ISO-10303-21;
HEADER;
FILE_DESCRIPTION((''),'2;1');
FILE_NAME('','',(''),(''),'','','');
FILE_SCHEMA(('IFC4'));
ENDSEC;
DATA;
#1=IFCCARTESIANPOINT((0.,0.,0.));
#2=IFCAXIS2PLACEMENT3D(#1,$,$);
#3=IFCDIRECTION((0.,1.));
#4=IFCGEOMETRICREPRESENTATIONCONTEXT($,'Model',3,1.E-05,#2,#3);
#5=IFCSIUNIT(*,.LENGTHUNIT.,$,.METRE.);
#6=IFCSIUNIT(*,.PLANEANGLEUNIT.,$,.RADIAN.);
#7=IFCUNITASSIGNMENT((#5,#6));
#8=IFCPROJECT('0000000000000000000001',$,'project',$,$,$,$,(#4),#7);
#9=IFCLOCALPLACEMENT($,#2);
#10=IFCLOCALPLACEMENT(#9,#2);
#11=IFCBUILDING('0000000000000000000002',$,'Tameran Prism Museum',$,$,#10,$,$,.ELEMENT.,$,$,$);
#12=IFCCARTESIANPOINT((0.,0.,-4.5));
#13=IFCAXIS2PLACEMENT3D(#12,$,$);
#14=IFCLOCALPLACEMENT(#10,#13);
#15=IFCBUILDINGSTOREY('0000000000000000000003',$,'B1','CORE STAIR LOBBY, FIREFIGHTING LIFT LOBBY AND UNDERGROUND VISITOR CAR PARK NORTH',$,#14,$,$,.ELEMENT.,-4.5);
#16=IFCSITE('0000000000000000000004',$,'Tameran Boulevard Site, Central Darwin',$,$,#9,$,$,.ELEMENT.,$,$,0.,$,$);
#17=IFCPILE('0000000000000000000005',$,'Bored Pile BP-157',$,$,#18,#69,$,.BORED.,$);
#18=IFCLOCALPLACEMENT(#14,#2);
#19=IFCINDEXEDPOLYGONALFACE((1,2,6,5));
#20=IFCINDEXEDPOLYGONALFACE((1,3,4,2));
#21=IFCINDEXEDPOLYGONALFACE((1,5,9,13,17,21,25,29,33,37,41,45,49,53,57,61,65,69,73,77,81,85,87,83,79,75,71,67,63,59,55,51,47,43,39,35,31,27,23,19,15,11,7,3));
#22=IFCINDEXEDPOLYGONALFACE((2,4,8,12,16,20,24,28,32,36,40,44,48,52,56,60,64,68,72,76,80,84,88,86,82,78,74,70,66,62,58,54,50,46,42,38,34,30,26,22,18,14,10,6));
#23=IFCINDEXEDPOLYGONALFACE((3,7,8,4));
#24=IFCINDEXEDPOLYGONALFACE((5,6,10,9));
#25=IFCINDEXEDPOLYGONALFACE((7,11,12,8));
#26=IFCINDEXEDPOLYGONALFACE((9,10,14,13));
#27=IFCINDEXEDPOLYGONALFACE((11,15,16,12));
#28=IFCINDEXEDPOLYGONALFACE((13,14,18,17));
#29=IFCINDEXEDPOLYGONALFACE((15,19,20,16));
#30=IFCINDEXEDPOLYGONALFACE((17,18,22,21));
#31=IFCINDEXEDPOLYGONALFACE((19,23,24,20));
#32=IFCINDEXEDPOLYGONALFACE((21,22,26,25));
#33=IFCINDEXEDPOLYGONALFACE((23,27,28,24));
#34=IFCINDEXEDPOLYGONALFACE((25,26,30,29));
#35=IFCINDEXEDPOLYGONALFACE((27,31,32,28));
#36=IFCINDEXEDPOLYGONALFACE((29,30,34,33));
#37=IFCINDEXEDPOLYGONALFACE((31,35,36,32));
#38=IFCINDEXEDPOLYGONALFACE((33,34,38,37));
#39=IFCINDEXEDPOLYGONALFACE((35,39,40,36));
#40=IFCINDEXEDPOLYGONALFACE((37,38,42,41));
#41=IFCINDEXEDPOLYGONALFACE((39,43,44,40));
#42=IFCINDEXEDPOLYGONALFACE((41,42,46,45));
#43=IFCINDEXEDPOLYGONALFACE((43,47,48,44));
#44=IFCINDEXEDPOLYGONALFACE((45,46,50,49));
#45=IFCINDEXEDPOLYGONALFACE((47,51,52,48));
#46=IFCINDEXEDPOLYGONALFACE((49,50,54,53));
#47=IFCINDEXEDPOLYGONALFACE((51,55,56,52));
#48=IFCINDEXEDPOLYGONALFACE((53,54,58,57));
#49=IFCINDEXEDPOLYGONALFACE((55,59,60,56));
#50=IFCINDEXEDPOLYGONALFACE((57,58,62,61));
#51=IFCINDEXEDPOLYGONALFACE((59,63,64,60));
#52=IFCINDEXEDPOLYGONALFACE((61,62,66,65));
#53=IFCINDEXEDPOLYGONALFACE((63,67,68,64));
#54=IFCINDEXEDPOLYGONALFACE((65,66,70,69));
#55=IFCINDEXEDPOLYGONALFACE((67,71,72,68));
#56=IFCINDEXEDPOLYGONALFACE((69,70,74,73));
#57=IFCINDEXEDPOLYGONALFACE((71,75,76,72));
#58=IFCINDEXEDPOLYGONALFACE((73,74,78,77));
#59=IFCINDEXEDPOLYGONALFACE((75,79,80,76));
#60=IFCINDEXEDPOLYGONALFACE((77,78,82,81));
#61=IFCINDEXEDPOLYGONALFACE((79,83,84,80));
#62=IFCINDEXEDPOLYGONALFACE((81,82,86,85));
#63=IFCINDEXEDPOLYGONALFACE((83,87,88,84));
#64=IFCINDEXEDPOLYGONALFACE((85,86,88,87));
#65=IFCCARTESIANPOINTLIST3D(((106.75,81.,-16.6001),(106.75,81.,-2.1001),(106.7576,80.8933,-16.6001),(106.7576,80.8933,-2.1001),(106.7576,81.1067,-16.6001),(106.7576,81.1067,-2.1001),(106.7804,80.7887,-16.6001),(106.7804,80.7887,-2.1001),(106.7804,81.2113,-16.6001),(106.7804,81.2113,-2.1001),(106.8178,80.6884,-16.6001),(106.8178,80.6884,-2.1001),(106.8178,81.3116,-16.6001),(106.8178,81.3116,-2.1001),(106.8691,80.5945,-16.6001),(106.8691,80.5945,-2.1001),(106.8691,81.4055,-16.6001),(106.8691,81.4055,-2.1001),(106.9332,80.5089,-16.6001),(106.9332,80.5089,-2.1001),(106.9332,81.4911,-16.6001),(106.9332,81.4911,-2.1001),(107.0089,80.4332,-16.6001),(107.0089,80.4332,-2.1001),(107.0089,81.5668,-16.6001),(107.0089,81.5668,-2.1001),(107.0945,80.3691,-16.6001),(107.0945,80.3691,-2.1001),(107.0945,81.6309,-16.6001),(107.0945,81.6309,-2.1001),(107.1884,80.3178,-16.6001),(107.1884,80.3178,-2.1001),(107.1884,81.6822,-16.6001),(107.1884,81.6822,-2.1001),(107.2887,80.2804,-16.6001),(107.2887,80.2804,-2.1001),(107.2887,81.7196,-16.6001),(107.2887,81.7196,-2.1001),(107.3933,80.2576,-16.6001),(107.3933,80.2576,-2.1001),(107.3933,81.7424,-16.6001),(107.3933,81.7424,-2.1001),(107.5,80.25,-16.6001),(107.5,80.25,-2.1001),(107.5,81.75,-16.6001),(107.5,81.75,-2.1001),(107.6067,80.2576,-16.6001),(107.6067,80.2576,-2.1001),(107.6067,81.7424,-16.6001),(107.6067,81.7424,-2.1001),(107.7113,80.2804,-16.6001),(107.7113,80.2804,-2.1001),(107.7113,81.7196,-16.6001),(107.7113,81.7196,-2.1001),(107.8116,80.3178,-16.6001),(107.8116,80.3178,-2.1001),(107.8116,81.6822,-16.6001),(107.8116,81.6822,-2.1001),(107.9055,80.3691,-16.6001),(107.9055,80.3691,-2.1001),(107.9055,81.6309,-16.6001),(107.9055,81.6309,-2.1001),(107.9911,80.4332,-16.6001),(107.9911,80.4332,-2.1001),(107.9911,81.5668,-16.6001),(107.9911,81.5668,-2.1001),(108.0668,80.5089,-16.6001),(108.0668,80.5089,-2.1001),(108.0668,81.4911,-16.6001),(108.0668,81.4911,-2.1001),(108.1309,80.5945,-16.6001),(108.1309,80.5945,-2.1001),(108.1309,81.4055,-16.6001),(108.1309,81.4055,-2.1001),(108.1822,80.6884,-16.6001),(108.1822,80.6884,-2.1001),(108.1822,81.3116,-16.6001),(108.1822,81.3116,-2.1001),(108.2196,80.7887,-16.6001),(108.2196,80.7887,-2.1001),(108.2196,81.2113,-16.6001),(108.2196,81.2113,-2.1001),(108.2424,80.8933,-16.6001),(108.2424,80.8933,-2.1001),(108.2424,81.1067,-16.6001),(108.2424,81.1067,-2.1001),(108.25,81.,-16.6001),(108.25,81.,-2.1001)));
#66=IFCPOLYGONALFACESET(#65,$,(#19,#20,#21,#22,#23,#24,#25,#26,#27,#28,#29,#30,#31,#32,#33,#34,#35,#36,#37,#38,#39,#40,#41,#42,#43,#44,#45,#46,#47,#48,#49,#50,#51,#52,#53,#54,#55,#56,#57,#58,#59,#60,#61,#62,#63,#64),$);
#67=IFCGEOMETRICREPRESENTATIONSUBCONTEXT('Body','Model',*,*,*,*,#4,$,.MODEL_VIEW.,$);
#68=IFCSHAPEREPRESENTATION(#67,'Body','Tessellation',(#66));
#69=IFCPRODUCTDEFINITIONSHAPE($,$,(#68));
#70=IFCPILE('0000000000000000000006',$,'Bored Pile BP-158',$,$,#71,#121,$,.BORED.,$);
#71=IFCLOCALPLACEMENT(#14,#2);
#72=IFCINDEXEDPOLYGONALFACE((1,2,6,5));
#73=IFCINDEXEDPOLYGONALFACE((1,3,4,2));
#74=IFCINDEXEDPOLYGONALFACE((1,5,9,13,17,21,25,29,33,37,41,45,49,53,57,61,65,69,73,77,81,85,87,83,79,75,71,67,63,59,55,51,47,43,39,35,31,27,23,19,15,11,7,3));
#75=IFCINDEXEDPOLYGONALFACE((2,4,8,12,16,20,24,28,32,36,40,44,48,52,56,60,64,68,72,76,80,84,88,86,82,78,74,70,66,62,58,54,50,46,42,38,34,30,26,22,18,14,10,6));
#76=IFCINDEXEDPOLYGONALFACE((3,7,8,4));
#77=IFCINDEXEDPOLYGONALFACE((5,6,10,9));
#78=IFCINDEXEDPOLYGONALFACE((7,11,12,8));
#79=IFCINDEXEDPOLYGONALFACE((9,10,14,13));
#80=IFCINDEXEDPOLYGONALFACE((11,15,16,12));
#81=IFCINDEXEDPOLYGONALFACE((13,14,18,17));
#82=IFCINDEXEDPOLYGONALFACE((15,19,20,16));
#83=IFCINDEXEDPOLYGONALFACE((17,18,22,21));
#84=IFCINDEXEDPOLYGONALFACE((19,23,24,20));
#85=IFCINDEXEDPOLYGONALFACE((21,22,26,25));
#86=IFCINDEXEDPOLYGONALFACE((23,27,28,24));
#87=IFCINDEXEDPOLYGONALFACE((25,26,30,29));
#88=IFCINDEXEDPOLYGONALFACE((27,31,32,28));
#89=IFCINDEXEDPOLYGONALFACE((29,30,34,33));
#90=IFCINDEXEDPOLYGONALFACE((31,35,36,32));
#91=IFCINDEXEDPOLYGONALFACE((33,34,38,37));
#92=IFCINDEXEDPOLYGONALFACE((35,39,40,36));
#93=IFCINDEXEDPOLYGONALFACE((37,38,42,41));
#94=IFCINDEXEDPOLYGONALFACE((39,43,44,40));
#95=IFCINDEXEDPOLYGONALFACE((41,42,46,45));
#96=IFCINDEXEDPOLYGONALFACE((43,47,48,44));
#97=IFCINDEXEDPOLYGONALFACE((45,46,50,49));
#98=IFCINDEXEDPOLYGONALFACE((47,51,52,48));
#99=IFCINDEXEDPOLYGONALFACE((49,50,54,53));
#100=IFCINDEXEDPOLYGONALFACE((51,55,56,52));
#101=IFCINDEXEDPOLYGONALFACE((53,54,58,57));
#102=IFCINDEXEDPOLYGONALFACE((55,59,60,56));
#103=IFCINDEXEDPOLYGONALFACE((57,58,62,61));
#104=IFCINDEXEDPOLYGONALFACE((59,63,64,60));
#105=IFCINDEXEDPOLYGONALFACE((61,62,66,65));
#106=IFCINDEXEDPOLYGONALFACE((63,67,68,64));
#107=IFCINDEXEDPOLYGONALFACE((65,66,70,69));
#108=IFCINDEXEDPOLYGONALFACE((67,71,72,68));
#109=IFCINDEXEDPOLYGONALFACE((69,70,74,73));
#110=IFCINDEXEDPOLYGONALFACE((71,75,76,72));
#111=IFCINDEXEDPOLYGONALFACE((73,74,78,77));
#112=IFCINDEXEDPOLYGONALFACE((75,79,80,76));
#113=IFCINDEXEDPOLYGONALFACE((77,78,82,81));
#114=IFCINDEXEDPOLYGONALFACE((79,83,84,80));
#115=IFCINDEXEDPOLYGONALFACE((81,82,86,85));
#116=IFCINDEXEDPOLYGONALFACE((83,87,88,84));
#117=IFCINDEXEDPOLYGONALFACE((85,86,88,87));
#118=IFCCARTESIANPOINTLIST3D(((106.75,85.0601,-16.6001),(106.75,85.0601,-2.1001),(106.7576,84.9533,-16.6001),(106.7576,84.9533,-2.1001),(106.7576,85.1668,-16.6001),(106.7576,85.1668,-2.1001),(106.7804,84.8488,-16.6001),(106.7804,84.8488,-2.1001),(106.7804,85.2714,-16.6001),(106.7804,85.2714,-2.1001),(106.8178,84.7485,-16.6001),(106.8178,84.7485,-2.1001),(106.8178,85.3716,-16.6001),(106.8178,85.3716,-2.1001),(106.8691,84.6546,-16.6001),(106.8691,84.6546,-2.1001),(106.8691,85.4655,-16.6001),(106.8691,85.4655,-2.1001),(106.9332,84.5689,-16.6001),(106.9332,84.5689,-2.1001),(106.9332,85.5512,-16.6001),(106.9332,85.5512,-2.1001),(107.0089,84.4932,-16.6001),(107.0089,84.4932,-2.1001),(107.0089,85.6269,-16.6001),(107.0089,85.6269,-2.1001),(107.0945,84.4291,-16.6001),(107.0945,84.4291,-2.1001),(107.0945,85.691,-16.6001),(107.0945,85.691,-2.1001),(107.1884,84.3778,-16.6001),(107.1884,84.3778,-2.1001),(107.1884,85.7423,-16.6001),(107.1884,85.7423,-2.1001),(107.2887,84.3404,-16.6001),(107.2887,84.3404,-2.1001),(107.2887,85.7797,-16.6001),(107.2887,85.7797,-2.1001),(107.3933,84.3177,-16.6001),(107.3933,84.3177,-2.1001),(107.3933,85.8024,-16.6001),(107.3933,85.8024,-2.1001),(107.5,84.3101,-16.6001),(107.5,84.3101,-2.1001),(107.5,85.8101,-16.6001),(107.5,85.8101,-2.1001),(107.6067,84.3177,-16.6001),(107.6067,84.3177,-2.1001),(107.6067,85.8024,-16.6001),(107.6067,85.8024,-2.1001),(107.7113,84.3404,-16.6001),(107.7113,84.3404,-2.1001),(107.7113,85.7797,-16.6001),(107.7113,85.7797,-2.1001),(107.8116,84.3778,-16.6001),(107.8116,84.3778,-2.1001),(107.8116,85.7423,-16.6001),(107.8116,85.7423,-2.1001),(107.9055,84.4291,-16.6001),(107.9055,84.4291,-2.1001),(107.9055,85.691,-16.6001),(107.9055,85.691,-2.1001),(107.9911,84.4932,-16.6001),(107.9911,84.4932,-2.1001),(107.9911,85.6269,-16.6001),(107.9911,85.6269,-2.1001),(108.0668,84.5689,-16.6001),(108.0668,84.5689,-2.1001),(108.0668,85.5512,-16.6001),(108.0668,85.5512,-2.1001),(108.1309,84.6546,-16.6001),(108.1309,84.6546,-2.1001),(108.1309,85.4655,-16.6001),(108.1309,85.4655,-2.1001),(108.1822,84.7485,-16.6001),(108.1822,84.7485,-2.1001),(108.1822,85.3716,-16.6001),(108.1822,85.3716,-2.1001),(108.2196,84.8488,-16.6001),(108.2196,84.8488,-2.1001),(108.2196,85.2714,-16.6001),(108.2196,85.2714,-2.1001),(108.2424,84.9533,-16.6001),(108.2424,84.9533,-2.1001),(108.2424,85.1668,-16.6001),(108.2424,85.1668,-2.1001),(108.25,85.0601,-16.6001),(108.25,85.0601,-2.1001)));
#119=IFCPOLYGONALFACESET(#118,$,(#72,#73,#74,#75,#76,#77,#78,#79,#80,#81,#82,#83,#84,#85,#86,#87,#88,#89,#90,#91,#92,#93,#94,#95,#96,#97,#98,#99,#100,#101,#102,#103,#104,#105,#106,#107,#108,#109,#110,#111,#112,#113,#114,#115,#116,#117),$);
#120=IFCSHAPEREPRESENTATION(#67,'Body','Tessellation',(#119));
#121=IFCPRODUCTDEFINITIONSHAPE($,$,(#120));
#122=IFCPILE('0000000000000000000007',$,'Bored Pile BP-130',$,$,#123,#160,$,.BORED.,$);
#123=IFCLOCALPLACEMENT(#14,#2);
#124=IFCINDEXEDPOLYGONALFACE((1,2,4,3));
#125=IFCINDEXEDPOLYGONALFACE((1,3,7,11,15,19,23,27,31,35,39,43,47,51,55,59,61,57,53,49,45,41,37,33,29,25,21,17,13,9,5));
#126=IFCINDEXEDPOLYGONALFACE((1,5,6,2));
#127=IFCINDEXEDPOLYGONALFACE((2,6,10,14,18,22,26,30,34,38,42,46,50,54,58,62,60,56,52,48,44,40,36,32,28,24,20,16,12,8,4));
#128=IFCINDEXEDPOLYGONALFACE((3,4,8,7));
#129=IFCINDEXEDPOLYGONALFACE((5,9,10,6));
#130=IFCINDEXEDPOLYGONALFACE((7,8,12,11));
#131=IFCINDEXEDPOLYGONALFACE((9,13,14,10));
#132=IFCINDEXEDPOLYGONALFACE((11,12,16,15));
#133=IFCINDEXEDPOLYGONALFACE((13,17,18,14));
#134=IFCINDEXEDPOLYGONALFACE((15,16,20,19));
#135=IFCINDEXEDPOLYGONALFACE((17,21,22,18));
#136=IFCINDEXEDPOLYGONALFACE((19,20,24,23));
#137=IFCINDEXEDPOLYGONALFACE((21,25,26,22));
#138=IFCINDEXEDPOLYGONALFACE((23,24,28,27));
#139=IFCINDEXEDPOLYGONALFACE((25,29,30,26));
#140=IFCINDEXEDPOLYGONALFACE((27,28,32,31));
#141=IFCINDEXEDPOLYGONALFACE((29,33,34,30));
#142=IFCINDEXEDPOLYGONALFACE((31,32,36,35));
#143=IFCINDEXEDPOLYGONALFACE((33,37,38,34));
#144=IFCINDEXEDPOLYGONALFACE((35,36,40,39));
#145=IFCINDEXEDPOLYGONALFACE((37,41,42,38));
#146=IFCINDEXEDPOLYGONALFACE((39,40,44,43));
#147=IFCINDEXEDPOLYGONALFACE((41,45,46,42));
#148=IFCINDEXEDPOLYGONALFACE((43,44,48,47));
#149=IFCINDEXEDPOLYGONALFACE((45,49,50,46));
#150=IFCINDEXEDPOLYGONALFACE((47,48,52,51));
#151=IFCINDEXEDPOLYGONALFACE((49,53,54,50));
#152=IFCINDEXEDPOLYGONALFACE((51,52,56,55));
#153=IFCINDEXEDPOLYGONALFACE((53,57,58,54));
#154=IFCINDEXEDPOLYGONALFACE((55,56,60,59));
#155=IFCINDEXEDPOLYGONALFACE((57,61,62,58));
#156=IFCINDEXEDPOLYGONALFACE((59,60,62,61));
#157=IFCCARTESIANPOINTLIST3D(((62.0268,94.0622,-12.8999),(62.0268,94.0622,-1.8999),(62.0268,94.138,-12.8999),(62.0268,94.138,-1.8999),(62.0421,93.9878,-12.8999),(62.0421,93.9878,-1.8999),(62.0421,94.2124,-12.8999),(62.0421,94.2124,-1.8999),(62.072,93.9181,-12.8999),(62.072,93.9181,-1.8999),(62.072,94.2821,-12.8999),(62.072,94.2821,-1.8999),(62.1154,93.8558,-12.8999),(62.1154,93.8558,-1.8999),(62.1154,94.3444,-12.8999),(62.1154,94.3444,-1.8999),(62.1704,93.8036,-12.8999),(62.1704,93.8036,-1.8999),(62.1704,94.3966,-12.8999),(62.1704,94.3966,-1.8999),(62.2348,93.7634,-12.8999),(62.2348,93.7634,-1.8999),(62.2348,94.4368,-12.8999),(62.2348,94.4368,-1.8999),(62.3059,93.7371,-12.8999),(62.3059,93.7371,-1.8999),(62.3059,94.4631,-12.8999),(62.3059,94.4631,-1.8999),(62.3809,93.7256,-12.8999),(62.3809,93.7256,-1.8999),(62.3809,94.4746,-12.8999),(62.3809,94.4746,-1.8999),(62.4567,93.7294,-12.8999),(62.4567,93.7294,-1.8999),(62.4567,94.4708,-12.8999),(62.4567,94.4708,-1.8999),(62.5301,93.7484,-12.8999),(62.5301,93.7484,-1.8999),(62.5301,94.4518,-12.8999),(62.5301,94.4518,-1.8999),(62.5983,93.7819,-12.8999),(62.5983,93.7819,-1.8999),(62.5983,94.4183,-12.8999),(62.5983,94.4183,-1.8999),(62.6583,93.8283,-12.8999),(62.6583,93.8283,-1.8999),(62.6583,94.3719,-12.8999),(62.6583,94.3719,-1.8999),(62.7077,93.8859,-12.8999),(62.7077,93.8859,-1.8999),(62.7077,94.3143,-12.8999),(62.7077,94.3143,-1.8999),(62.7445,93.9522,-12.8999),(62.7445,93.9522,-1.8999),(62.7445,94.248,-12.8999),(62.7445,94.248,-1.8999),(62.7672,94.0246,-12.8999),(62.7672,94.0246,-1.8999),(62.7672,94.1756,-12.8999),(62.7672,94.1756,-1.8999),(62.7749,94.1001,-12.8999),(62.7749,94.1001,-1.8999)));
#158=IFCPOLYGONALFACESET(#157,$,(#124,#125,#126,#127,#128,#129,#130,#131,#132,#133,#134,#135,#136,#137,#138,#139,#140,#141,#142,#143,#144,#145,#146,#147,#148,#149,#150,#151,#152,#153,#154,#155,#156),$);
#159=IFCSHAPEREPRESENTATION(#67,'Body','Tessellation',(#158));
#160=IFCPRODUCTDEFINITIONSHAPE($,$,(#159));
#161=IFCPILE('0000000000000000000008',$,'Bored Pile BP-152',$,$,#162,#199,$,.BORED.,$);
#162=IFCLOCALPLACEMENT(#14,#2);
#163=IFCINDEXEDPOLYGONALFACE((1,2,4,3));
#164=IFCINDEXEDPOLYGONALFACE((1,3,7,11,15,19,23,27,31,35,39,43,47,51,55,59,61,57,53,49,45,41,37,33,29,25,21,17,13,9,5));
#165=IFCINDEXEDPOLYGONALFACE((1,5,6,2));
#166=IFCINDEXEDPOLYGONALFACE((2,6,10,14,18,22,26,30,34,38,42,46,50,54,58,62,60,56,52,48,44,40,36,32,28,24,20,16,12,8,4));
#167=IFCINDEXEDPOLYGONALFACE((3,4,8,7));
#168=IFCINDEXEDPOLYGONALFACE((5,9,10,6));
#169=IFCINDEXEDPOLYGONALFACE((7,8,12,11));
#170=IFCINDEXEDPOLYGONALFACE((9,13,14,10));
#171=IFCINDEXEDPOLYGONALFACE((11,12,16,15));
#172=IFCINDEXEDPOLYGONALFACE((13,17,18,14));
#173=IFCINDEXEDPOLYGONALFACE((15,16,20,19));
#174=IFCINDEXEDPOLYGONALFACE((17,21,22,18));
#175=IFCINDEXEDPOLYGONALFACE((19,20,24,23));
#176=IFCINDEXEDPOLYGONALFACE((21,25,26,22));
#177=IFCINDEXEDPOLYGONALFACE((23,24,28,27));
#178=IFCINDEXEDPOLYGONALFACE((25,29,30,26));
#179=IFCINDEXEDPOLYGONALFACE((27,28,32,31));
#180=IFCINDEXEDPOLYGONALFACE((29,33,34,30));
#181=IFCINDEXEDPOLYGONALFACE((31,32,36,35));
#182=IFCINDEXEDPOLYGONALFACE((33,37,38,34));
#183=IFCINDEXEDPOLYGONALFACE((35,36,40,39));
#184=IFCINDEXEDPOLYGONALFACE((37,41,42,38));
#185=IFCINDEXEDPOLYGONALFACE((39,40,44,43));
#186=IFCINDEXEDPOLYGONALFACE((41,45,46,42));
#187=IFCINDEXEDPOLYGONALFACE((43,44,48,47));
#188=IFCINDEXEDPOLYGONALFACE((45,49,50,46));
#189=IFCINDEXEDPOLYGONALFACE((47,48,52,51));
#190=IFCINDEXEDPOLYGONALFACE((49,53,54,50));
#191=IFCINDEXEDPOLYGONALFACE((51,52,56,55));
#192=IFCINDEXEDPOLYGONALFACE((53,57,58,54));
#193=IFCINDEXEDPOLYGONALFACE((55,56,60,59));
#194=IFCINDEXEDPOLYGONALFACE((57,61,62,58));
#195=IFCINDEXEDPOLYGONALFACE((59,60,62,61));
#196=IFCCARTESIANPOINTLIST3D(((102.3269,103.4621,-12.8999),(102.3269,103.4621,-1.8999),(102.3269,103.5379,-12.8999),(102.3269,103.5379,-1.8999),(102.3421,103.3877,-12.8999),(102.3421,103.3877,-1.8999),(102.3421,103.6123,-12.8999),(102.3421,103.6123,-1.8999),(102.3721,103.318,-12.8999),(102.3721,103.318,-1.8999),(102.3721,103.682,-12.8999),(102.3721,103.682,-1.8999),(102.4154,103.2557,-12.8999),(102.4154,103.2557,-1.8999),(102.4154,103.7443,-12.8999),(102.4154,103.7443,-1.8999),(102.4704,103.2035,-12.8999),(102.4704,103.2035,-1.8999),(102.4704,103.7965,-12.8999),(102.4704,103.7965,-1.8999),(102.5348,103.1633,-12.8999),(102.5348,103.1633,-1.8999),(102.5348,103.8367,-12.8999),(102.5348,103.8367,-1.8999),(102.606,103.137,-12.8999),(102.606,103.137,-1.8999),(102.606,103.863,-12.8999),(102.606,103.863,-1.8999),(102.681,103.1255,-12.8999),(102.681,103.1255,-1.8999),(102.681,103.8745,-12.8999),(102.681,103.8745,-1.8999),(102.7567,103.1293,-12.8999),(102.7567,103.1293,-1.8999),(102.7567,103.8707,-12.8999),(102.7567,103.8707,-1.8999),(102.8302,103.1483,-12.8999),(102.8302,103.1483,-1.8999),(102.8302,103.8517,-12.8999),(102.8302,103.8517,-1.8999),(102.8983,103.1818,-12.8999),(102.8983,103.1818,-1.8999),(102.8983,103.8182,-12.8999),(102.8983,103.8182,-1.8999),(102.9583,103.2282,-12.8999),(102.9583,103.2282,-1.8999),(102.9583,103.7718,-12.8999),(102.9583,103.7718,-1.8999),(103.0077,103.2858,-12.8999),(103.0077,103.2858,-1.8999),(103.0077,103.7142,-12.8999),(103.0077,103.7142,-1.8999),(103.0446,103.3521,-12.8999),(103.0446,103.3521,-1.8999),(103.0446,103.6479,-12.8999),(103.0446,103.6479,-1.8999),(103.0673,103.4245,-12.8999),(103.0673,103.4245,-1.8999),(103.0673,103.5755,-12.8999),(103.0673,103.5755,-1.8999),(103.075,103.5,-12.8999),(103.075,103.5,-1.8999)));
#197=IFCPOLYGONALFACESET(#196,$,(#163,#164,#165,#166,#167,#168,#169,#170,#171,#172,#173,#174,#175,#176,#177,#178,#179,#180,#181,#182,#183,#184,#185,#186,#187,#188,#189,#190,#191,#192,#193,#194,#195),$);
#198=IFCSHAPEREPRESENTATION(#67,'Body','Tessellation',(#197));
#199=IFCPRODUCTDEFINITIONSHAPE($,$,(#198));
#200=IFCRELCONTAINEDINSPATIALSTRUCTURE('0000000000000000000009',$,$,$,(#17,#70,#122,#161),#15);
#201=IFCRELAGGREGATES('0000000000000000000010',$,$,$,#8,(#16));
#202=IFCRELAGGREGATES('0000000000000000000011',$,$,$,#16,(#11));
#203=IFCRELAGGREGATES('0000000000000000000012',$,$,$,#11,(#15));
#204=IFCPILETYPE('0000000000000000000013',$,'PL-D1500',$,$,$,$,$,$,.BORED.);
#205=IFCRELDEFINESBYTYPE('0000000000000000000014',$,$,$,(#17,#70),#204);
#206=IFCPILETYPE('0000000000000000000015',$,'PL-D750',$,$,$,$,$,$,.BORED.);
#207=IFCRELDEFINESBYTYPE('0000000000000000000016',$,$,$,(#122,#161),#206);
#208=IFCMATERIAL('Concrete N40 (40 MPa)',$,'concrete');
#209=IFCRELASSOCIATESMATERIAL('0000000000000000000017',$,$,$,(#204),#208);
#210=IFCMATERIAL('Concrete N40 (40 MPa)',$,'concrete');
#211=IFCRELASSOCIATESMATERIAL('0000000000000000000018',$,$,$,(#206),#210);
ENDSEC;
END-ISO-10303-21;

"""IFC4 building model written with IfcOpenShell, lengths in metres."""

from ifc_helpers import new_model, si_unit, direction, frame, origin, origin_2d, place, context, subcontext, project, spatial, circle, extrude, material, material_profile, profile_set, type_object, element, save


model = new_model("IFC4")

# Units and contexts
model_context = context("Model", 3, precision=1e-05, world=origin(), true_north=direction((0.0, 1.0)))
body_context = subcontext(model_context, "Body", "Model", "MODEL_VIEW")
ifc_project = project(units=[si_unit("LENGTHUNIT", "METRE"), si_unit("PLANEANGLEUNIT", "RADIAN")], contexts=[model_context])

# Site, building, storey
site_placement = place(None, origin())
site = spatial("IfcSite", under=ifc_project, at=site_placement, Name="Tameran Boulevard Site, Central Darwin", CompositionType="ELEMENT", RefElevation=0.0)
building_placement = place(site_placement, origin())
building = spatial("IfcBuilding", under=site, at=building_placement, Name="Tameran Prism Museum", CompositionType="ELEMENT")
storey_placement = place(building_placement, frame((0.0, 0.0, -4.5)))
storey = spatial("IfcBuildingStorey", under=building, at=storey_placement, Name="B1", Description="CORE STAIR LOBBY, FIREFIGHTING LIFT LOBBY AND UNDERGROUND VISITOR CAR PARK NORTH", CompositionType="ELEMENT", Elevation=-4.5)

# Piles
ifc_material_1 = material(Name="Concrete N40 (40 MPa)", Category="concrete")
ifc_material_profile_1 = material_profile(ifc_material_1, circle(Radius=0.75, at=origin_2d()))
ifc_profile_set_1 = profile_set([ifc_material_profile_1])
pile_type_1 = type_object("IfcPileType", Name="PL-D1500", PredefinedType="BORED", material=ifc_profile_set_1)
for number, where, z_axis, x_axis, name in (
    (1, (107.5, 81.0, -2.1001), (0.0, 0.0, -1.0), (1.0, 0.0, 0.0), "Bored Pile BP-157"),
    (2, (107.5, 85.0601, -2.1001), (0.0, 0.0, -1.0), (1.0, 0.0, 0.0), "Bored Pile BP-158"),
):
    element("IfcPile", number, at=place(storey_placement, frame(where, z_axis=z_axis, x_axis=x_axis)), inside=storey, type_object=pile_type_1, Name=name, PredefinedType="BORED", context=body_context, shape_type="SweptSolid", body=[
        extrude(circle(Radius=0.75, at=origin_2d()), origin(), (0.0, 0.0, 1.0), 14.5),
    ])
ifc_material_2 = material(Name="Concrete N40 (40 MPa)", Category="concrete")
ifc_material_profile_2 = material_profile(ifc_material_2, circle(Radius=0.375, at=origin_2d()))
ifc_profile_set_2 = profile_set([ifc_material_profile_2])
pile_type_2 = type_object("IfcPileType", Name="PL-D750", PredefinedType="BORED", material=ifc_profile_set_2)
for number, where, z_axis, x_axis, name in (
    (3, (62.3999, 94.1001, -1.8999), (0.0, 0.0, -1.0), (1.0, 0.0, 0.0), "Bored Pile BP-130"),
    (4, (102.7, 103.5, -1.8999), (0.0, 0.0, -1.0), (1.0, 0.0, 0.0), "Bored Pile BP-152"),
):
    element("IfcPile", number, at=place(storey_placement, frame(where, z_axis=z_axis, x_axis=x_axis)), inside=storey, type_object=pile_type_2, Name=name, PredefinedType="BORED", context=body_context, shape_type="SweptSolid", body=[
        extrude(circle(Radius=0.375, at=origin_2d()), origin(), (0.0, 0.0, 1.0), 11.0),
    ])

save(model, "model.ifc")
